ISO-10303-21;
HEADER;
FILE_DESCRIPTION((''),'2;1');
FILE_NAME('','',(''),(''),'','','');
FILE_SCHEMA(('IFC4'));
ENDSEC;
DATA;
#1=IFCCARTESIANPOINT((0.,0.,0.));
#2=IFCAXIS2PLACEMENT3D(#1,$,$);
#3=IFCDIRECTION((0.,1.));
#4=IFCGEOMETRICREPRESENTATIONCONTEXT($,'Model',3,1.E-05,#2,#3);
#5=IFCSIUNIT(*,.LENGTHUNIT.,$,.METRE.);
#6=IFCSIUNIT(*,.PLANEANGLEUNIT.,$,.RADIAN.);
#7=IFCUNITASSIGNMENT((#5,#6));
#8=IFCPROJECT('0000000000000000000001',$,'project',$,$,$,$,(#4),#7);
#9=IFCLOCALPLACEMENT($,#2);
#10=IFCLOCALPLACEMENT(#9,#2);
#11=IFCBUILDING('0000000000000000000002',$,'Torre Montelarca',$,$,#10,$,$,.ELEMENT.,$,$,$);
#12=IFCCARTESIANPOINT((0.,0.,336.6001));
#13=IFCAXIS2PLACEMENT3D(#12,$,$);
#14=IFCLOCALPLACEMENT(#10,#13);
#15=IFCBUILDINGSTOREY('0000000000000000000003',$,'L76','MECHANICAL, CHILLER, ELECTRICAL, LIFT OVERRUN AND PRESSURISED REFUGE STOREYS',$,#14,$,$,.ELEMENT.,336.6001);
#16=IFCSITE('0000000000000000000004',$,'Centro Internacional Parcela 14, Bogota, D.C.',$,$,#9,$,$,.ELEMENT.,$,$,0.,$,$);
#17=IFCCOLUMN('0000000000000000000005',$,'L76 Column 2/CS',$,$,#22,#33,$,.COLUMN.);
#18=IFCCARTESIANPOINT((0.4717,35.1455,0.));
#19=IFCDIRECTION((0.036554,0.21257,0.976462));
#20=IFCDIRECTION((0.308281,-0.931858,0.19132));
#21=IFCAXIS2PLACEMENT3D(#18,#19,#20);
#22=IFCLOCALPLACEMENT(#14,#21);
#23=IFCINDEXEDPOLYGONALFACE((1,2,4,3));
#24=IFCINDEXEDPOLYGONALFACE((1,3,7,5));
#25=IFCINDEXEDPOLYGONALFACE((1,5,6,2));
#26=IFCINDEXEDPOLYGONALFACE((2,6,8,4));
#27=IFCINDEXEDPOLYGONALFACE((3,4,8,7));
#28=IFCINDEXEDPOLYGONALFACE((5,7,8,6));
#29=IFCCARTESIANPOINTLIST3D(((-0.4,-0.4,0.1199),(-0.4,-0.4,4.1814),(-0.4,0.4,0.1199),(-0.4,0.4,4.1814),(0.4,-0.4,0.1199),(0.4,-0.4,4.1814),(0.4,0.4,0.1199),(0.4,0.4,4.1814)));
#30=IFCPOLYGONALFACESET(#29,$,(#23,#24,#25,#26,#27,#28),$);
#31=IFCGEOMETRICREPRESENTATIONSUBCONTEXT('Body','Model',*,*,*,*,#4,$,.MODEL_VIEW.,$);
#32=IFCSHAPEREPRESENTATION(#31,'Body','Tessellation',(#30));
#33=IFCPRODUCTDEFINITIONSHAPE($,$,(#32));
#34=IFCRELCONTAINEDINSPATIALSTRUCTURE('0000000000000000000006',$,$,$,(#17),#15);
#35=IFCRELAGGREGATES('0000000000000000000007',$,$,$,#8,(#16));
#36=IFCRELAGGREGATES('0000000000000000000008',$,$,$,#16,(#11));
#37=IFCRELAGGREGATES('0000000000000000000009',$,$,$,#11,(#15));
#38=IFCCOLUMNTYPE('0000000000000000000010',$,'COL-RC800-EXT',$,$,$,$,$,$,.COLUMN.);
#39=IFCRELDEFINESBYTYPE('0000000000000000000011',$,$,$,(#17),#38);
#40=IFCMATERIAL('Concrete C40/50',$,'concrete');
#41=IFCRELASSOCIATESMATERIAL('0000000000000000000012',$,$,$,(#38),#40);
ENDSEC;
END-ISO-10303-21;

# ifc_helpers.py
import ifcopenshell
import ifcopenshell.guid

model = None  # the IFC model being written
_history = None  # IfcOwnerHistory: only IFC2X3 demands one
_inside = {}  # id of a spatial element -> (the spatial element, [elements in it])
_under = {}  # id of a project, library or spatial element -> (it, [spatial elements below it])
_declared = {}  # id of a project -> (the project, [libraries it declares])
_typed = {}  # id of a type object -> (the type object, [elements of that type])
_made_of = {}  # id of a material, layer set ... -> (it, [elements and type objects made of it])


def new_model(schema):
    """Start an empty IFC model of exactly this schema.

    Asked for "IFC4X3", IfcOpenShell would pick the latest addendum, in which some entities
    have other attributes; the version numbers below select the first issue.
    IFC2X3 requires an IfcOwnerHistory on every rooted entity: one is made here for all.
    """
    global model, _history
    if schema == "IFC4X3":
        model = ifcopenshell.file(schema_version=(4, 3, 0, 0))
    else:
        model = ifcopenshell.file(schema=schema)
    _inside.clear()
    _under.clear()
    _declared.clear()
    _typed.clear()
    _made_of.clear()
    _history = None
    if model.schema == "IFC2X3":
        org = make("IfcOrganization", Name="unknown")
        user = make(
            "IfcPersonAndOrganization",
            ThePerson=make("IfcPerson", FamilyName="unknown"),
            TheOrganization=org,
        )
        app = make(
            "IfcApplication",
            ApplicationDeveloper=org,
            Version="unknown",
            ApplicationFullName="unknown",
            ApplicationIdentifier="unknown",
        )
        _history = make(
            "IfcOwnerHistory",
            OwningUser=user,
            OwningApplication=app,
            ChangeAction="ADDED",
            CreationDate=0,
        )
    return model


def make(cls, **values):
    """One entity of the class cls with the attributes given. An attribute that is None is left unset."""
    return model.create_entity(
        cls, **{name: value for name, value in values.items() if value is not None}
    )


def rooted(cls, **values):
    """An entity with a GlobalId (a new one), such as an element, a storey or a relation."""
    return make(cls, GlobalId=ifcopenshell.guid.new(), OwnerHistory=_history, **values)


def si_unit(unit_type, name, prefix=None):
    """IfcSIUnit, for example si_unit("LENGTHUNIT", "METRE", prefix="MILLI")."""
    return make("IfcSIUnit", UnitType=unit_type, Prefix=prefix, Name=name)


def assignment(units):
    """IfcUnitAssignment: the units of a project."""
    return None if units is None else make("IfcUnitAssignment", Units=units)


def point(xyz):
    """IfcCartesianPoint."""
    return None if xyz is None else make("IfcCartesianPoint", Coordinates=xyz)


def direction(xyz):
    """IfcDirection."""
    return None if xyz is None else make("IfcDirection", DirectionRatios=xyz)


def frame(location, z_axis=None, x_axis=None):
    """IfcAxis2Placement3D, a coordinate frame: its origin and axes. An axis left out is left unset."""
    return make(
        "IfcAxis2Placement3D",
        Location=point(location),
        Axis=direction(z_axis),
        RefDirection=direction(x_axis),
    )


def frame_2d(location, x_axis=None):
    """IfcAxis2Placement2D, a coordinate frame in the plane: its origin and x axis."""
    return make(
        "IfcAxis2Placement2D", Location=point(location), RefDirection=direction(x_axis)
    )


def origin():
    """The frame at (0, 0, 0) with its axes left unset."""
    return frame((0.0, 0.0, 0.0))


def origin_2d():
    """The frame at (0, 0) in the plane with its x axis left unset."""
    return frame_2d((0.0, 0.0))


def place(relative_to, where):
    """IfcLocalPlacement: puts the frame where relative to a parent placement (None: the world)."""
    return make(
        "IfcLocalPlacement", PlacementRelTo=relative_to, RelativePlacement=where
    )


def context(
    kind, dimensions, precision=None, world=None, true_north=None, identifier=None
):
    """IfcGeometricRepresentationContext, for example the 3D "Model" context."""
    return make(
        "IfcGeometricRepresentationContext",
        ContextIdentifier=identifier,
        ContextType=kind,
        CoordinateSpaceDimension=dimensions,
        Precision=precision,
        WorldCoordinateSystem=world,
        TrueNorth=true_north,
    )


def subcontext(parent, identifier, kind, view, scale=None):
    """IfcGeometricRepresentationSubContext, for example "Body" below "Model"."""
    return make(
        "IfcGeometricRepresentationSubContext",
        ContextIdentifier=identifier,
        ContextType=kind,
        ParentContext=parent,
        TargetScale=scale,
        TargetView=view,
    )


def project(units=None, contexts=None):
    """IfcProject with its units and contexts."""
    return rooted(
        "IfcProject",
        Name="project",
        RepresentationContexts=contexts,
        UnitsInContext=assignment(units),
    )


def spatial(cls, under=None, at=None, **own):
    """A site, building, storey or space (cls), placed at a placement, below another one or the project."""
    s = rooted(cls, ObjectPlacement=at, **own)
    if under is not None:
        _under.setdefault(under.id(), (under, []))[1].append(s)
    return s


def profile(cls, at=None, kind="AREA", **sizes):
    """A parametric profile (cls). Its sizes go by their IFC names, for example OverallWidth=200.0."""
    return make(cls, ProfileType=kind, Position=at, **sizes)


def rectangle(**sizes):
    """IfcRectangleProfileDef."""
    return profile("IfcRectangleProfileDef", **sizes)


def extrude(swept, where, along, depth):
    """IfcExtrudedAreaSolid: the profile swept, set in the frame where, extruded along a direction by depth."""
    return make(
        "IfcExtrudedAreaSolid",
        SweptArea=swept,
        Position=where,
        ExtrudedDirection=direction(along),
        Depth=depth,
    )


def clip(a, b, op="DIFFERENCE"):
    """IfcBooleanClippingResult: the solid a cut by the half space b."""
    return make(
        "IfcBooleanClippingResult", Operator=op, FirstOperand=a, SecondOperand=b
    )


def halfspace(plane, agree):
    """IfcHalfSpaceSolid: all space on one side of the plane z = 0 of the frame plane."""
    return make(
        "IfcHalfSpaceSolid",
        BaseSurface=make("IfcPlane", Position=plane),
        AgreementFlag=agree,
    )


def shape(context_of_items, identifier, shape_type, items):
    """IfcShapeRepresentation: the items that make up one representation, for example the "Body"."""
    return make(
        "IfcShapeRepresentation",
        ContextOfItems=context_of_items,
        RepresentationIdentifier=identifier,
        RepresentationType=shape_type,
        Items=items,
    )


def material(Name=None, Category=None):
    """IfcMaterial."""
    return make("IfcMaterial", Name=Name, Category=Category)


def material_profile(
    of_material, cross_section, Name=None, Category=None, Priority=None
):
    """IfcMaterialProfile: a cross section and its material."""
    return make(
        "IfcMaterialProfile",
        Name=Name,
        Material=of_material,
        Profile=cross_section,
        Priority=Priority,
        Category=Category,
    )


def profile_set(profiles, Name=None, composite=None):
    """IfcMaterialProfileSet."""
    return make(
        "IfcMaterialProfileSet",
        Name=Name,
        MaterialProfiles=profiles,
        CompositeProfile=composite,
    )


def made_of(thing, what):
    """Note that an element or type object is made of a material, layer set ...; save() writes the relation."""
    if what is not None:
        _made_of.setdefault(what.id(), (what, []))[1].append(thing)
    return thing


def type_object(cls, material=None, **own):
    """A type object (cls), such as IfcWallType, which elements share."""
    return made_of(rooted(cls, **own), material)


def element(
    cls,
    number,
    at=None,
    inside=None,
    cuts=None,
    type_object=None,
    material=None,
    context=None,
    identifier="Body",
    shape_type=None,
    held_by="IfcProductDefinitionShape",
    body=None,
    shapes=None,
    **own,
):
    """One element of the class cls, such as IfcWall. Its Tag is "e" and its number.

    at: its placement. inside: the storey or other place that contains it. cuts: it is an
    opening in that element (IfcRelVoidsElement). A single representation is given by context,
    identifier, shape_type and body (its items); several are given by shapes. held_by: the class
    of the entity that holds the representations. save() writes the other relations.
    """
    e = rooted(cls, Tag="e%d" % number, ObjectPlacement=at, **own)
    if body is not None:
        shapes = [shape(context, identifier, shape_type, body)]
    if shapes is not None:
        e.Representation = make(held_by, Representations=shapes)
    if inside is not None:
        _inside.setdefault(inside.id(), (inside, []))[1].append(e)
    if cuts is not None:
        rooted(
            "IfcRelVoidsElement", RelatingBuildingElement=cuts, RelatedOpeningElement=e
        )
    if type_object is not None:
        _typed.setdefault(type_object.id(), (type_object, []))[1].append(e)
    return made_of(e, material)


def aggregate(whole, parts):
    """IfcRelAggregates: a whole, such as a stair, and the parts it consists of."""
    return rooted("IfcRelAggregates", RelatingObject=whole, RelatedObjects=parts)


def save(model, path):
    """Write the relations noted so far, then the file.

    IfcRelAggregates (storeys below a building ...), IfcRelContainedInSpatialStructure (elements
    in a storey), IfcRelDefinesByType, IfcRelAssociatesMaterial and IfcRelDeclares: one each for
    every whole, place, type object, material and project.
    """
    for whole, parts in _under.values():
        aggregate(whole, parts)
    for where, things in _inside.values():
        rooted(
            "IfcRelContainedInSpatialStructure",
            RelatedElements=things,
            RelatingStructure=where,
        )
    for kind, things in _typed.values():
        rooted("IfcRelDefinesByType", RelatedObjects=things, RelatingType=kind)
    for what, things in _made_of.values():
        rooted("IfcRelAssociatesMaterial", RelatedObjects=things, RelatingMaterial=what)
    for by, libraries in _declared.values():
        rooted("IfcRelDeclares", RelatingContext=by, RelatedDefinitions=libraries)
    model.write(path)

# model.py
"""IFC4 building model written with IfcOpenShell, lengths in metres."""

from ifc_helpers import new_model, si_unit, direction, frame, origin, origin_2d, place, context, subcontext, project, spatial, rectangle, extrude, clip, halfspace, material, material_profile, profile_set, type_object, element, save


model = new_model("IFC4")

# Units and contexts
model_context = context("Model", 3, precision=1e-05, world=origin(), true_north=direction((0.0, 1.0)))
body_context = subcontext(model_context, "Body", "Model", "MODEL_VIEW")
ifc_project = project(units=[si_unit("LENGTHUNIT", "METRE"), si_unit("PLANEANGLEUNIT", "RADIAN")], contexts=[model_context])

# Site, building, storey
site_placement = place(None, origin())
site = spatial("IfcSite", under=ifc_project, at=site_placement, Name="Centro Internacional Parcela 14, Bogota, D.C.", CompositionType="ELEMENT", RefElevation=0.0)
building_placement = place(site_placement, origin())
building = spatial("IfcBuilding", under=site, at=building_placement, Name="Torre Montelarca", CompositionType="ELEMENT")
storey_placement = place(building_placement, frame((0.0, 0.0, 336.6001)))
storey = spatial("IfcBuildingStorey", under=building, at=storey_placement, Name="L76", Description="MECHANICAL, CHILLER, ELECTRICAL, LIFT OVERRUN AND PRESSURISED REFUGE STOREYS", CompositionType="ELEMENT", Elevation=336.6001)

# Column
ifc_material_1 = material(Name="Concrete C40/50", Category="concrete")
ifc_material_profile_1 = material_profile(ifc_material_1, rectangle(XDim=0.8, YDim=0.8, at=origin_2d()), Name="RC800X800", Category="concrete")
ifc_profile_set_1 = profile_set([ifc_material_profile_1], Name="Concrete C40/50")
column_type = type_object("IfcColumnType", Name="COL-RC800-EXT", PredefinedType="COLUMN", material=ifc_profile_set_1)
column_placement = place(storey_placement, frame((0.4717, 35.1455, 0.0), z_axis=(0.036554, 0.21257, 0.976462), x_axis=(0.308281, -0.931858, 0.19132)))
element("IfcColumn", 1, at=column_placement, inside=storey, type_object=column_type, Name="L76 Column 2/CS", PredefinedType="COLUMN", context=body_context, shape_type="Clipping", body=[
    clip(clip(extrude(rectangle(XDim=0.8, YDim=0.8, at=origin_2d()), origin(), (0.0, 0.0, 1.0), 4.3013), halfspace(frame((0.0, 0.0, 0.1199), z_axis=(0.0, 0.0, -1.0), x_axis=(1.0, 0.0, 0.0)), False)), halfspace(frame((0.0, 0.0, 4.1814), z_axis=(0.0, 0.0, 1.0), x_axis=(1.0, 0.0, 0.0)), False)),
])

save(model, "model.ifc")
